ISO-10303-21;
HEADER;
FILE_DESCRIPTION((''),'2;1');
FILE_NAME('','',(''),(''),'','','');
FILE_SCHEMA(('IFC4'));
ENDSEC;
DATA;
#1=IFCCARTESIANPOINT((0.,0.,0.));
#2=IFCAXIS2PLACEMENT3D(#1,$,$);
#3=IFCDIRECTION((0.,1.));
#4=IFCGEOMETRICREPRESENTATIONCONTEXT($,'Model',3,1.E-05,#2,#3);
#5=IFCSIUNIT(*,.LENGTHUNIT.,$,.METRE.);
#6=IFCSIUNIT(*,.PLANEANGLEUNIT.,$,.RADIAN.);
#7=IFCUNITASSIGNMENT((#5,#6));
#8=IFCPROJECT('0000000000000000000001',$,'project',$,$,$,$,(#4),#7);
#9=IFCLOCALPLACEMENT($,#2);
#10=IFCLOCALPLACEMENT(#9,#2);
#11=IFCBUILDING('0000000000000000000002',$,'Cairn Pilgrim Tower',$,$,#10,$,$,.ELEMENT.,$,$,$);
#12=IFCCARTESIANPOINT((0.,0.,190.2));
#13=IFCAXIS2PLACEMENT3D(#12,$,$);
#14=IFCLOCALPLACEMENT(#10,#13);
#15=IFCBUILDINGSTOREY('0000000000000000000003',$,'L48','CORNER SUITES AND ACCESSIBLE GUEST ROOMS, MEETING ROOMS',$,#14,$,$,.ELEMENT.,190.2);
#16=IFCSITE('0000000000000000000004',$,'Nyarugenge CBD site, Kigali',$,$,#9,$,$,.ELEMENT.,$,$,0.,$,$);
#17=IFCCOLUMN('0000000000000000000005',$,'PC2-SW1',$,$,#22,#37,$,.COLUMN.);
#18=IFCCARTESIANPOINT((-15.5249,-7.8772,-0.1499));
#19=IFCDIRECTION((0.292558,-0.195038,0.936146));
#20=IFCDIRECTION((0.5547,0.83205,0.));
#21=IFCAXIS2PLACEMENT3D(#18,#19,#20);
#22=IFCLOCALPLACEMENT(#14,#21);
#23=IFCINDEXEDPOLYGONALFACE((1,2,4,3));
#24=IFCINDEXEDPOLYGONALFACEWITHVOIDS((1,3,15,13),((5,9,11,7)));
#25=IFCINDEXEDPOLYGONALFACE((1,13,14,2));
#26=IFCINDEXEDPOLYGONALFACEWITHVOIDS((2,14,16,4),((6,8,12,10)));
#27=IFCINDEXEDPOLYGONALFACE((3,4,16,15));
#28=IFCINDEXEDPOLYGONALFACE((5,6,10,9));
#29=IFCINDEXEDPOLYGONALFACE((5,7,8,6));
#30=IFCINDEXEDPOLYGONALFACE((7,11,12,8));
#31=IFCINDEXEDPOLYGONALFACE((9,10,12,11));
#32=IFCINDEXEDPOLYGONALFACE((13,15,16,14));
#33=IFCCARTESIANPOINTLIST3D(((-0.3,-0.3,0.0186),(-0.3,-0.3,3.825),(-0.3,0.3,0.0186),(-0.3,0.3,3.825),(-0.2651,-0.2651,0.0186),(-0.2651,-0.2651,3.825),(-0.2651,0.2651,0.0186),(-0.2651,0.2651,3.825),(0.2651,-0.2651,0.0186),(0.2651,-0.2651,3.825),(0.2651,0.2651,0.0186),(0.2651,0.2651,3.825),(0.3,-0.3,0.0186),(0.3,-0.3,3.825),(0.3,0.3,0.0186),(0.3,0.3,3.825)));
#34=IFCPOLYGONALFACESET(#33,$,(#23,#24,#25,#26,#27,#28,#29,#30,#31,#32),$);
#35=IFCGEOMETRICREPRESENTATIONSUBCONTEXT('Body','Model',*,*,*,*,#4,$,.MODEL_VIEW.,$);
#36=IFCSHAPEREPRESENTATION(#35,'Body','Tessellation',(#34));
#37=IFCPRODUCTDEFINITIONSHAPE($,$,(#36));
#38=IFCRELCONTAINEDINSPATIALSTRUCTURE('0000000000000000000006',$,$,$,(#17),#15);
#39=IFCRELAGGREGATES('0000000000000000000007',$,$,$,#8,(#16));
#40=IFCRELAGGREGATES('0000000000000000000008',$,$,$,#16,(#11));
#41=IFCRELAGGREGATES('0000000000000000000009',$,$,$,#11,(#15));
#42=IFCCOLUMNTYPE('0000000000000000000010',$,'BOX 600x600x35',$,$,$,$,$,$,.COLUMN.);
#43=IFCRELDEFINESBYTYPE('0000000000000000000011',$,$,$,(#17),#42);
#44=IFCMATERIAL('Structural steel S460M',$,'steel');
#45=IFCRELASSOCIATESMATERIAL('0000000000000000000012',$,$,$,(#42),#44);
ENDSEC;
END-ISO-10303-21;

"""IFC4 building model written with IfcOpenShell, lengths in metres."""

from ifc_helpers import new_model, si_unit, direction, frame, origin, origin_2d, place, context, subcontext, project, spatial, hollow_rectangle, extrude, clip, halfspace, material, material_profile, profile_set, type_object, element, save


model = new_model("IFC4")

# Units and contexts
model_context = context("Model", 3, precision=1e-05, world=origin(), true_north=direction((0.0, 1.0)))
body_context = subcontext(model_context, "Body", "Model", "MODEL_VIEW")
ifc_project = project(units=[si_unit("LENGTHUNIT", "METRE"), si_unit("PLANEANGLEUNIT", "RADIAN")], contexts=[model_context])

# Site, building, storey
site_placement = place(None, origin())
site = spatial("IfcSite", under=ifc_project, at=site_placement, Name="Nyarugenge CBD site, Kigali", CompositionType="ELEMENT", RefElevation=0.0)
building_placement = place(site_placement, origin())
building = spatial("IfcBuilding", under=site, at=building_placement, Name="Cairn Pilgrim Tower", CompositionType="ELEMENT")
storey_placement = place(building_placement, frame((0.0, 0.0, 190.2)))
storey = spatial("IfcBuildingStorey", under=building, at=storey_placement, Name="L48", Description="CORNER SUITES AND ACCESSIBLE GUEST ROOMS, MEETING ROOMS", CompositionType="ELEMENT", Elevation=190.2)

# Column
ifc_material_1 = material(Name="Structural steel S460M", Category="steel")
ifc_material_profile_1 = material_profile(ifc_material_1, hollow_rectangle(XDim=0.6001, YDim=0.6001, WallThickness=0.0349, at=origin_2d()), Name="BOX 600x600x35")
ifc_profile_set_1 = profile_set([ifc_material_profile_1], Name="Structural steel S460M")
column_type = type_object("IfcColumnType", Name="BOX 600x600x35", PredefinedType="COLUMN", material=ifc_profile_set_1)
column_placement = place(storey_placement, frame((-15.5249, -7.8772, -0.1499), z_axis=(0.292558, -0.195038, 0.936146), x_axis=(0.5547, 0.83205, 0.0)))
element("IfcColumn", 1, at=column_placement, inside=storey, type_object=column_type, Name="PC2-SW1", PredefinedType="COLUMN", context=body_context, shape_type="Clipping", body=[
    clip(clip(extrude(hollow_rectangle(XDim=0.6001, YDim=0.6001, WallThickness=0.0349, at=origin_2d()), origin(), (0.0, 0.0, 1.0), 3.8455), halfspace(frame((0.0, 0.0, 0.0186), z_axis=(0.0, 0.0, 1.0), x_axis=(1.0, 0.0, 0.0)), True)), halfspace(frame((0.0, 0.0, 3.825), z_axis=(0.0, 0.0, 1.0), x_axis=(1.0, 0.0, 0.0)), False)),
])

save(model, "model.ifc")
